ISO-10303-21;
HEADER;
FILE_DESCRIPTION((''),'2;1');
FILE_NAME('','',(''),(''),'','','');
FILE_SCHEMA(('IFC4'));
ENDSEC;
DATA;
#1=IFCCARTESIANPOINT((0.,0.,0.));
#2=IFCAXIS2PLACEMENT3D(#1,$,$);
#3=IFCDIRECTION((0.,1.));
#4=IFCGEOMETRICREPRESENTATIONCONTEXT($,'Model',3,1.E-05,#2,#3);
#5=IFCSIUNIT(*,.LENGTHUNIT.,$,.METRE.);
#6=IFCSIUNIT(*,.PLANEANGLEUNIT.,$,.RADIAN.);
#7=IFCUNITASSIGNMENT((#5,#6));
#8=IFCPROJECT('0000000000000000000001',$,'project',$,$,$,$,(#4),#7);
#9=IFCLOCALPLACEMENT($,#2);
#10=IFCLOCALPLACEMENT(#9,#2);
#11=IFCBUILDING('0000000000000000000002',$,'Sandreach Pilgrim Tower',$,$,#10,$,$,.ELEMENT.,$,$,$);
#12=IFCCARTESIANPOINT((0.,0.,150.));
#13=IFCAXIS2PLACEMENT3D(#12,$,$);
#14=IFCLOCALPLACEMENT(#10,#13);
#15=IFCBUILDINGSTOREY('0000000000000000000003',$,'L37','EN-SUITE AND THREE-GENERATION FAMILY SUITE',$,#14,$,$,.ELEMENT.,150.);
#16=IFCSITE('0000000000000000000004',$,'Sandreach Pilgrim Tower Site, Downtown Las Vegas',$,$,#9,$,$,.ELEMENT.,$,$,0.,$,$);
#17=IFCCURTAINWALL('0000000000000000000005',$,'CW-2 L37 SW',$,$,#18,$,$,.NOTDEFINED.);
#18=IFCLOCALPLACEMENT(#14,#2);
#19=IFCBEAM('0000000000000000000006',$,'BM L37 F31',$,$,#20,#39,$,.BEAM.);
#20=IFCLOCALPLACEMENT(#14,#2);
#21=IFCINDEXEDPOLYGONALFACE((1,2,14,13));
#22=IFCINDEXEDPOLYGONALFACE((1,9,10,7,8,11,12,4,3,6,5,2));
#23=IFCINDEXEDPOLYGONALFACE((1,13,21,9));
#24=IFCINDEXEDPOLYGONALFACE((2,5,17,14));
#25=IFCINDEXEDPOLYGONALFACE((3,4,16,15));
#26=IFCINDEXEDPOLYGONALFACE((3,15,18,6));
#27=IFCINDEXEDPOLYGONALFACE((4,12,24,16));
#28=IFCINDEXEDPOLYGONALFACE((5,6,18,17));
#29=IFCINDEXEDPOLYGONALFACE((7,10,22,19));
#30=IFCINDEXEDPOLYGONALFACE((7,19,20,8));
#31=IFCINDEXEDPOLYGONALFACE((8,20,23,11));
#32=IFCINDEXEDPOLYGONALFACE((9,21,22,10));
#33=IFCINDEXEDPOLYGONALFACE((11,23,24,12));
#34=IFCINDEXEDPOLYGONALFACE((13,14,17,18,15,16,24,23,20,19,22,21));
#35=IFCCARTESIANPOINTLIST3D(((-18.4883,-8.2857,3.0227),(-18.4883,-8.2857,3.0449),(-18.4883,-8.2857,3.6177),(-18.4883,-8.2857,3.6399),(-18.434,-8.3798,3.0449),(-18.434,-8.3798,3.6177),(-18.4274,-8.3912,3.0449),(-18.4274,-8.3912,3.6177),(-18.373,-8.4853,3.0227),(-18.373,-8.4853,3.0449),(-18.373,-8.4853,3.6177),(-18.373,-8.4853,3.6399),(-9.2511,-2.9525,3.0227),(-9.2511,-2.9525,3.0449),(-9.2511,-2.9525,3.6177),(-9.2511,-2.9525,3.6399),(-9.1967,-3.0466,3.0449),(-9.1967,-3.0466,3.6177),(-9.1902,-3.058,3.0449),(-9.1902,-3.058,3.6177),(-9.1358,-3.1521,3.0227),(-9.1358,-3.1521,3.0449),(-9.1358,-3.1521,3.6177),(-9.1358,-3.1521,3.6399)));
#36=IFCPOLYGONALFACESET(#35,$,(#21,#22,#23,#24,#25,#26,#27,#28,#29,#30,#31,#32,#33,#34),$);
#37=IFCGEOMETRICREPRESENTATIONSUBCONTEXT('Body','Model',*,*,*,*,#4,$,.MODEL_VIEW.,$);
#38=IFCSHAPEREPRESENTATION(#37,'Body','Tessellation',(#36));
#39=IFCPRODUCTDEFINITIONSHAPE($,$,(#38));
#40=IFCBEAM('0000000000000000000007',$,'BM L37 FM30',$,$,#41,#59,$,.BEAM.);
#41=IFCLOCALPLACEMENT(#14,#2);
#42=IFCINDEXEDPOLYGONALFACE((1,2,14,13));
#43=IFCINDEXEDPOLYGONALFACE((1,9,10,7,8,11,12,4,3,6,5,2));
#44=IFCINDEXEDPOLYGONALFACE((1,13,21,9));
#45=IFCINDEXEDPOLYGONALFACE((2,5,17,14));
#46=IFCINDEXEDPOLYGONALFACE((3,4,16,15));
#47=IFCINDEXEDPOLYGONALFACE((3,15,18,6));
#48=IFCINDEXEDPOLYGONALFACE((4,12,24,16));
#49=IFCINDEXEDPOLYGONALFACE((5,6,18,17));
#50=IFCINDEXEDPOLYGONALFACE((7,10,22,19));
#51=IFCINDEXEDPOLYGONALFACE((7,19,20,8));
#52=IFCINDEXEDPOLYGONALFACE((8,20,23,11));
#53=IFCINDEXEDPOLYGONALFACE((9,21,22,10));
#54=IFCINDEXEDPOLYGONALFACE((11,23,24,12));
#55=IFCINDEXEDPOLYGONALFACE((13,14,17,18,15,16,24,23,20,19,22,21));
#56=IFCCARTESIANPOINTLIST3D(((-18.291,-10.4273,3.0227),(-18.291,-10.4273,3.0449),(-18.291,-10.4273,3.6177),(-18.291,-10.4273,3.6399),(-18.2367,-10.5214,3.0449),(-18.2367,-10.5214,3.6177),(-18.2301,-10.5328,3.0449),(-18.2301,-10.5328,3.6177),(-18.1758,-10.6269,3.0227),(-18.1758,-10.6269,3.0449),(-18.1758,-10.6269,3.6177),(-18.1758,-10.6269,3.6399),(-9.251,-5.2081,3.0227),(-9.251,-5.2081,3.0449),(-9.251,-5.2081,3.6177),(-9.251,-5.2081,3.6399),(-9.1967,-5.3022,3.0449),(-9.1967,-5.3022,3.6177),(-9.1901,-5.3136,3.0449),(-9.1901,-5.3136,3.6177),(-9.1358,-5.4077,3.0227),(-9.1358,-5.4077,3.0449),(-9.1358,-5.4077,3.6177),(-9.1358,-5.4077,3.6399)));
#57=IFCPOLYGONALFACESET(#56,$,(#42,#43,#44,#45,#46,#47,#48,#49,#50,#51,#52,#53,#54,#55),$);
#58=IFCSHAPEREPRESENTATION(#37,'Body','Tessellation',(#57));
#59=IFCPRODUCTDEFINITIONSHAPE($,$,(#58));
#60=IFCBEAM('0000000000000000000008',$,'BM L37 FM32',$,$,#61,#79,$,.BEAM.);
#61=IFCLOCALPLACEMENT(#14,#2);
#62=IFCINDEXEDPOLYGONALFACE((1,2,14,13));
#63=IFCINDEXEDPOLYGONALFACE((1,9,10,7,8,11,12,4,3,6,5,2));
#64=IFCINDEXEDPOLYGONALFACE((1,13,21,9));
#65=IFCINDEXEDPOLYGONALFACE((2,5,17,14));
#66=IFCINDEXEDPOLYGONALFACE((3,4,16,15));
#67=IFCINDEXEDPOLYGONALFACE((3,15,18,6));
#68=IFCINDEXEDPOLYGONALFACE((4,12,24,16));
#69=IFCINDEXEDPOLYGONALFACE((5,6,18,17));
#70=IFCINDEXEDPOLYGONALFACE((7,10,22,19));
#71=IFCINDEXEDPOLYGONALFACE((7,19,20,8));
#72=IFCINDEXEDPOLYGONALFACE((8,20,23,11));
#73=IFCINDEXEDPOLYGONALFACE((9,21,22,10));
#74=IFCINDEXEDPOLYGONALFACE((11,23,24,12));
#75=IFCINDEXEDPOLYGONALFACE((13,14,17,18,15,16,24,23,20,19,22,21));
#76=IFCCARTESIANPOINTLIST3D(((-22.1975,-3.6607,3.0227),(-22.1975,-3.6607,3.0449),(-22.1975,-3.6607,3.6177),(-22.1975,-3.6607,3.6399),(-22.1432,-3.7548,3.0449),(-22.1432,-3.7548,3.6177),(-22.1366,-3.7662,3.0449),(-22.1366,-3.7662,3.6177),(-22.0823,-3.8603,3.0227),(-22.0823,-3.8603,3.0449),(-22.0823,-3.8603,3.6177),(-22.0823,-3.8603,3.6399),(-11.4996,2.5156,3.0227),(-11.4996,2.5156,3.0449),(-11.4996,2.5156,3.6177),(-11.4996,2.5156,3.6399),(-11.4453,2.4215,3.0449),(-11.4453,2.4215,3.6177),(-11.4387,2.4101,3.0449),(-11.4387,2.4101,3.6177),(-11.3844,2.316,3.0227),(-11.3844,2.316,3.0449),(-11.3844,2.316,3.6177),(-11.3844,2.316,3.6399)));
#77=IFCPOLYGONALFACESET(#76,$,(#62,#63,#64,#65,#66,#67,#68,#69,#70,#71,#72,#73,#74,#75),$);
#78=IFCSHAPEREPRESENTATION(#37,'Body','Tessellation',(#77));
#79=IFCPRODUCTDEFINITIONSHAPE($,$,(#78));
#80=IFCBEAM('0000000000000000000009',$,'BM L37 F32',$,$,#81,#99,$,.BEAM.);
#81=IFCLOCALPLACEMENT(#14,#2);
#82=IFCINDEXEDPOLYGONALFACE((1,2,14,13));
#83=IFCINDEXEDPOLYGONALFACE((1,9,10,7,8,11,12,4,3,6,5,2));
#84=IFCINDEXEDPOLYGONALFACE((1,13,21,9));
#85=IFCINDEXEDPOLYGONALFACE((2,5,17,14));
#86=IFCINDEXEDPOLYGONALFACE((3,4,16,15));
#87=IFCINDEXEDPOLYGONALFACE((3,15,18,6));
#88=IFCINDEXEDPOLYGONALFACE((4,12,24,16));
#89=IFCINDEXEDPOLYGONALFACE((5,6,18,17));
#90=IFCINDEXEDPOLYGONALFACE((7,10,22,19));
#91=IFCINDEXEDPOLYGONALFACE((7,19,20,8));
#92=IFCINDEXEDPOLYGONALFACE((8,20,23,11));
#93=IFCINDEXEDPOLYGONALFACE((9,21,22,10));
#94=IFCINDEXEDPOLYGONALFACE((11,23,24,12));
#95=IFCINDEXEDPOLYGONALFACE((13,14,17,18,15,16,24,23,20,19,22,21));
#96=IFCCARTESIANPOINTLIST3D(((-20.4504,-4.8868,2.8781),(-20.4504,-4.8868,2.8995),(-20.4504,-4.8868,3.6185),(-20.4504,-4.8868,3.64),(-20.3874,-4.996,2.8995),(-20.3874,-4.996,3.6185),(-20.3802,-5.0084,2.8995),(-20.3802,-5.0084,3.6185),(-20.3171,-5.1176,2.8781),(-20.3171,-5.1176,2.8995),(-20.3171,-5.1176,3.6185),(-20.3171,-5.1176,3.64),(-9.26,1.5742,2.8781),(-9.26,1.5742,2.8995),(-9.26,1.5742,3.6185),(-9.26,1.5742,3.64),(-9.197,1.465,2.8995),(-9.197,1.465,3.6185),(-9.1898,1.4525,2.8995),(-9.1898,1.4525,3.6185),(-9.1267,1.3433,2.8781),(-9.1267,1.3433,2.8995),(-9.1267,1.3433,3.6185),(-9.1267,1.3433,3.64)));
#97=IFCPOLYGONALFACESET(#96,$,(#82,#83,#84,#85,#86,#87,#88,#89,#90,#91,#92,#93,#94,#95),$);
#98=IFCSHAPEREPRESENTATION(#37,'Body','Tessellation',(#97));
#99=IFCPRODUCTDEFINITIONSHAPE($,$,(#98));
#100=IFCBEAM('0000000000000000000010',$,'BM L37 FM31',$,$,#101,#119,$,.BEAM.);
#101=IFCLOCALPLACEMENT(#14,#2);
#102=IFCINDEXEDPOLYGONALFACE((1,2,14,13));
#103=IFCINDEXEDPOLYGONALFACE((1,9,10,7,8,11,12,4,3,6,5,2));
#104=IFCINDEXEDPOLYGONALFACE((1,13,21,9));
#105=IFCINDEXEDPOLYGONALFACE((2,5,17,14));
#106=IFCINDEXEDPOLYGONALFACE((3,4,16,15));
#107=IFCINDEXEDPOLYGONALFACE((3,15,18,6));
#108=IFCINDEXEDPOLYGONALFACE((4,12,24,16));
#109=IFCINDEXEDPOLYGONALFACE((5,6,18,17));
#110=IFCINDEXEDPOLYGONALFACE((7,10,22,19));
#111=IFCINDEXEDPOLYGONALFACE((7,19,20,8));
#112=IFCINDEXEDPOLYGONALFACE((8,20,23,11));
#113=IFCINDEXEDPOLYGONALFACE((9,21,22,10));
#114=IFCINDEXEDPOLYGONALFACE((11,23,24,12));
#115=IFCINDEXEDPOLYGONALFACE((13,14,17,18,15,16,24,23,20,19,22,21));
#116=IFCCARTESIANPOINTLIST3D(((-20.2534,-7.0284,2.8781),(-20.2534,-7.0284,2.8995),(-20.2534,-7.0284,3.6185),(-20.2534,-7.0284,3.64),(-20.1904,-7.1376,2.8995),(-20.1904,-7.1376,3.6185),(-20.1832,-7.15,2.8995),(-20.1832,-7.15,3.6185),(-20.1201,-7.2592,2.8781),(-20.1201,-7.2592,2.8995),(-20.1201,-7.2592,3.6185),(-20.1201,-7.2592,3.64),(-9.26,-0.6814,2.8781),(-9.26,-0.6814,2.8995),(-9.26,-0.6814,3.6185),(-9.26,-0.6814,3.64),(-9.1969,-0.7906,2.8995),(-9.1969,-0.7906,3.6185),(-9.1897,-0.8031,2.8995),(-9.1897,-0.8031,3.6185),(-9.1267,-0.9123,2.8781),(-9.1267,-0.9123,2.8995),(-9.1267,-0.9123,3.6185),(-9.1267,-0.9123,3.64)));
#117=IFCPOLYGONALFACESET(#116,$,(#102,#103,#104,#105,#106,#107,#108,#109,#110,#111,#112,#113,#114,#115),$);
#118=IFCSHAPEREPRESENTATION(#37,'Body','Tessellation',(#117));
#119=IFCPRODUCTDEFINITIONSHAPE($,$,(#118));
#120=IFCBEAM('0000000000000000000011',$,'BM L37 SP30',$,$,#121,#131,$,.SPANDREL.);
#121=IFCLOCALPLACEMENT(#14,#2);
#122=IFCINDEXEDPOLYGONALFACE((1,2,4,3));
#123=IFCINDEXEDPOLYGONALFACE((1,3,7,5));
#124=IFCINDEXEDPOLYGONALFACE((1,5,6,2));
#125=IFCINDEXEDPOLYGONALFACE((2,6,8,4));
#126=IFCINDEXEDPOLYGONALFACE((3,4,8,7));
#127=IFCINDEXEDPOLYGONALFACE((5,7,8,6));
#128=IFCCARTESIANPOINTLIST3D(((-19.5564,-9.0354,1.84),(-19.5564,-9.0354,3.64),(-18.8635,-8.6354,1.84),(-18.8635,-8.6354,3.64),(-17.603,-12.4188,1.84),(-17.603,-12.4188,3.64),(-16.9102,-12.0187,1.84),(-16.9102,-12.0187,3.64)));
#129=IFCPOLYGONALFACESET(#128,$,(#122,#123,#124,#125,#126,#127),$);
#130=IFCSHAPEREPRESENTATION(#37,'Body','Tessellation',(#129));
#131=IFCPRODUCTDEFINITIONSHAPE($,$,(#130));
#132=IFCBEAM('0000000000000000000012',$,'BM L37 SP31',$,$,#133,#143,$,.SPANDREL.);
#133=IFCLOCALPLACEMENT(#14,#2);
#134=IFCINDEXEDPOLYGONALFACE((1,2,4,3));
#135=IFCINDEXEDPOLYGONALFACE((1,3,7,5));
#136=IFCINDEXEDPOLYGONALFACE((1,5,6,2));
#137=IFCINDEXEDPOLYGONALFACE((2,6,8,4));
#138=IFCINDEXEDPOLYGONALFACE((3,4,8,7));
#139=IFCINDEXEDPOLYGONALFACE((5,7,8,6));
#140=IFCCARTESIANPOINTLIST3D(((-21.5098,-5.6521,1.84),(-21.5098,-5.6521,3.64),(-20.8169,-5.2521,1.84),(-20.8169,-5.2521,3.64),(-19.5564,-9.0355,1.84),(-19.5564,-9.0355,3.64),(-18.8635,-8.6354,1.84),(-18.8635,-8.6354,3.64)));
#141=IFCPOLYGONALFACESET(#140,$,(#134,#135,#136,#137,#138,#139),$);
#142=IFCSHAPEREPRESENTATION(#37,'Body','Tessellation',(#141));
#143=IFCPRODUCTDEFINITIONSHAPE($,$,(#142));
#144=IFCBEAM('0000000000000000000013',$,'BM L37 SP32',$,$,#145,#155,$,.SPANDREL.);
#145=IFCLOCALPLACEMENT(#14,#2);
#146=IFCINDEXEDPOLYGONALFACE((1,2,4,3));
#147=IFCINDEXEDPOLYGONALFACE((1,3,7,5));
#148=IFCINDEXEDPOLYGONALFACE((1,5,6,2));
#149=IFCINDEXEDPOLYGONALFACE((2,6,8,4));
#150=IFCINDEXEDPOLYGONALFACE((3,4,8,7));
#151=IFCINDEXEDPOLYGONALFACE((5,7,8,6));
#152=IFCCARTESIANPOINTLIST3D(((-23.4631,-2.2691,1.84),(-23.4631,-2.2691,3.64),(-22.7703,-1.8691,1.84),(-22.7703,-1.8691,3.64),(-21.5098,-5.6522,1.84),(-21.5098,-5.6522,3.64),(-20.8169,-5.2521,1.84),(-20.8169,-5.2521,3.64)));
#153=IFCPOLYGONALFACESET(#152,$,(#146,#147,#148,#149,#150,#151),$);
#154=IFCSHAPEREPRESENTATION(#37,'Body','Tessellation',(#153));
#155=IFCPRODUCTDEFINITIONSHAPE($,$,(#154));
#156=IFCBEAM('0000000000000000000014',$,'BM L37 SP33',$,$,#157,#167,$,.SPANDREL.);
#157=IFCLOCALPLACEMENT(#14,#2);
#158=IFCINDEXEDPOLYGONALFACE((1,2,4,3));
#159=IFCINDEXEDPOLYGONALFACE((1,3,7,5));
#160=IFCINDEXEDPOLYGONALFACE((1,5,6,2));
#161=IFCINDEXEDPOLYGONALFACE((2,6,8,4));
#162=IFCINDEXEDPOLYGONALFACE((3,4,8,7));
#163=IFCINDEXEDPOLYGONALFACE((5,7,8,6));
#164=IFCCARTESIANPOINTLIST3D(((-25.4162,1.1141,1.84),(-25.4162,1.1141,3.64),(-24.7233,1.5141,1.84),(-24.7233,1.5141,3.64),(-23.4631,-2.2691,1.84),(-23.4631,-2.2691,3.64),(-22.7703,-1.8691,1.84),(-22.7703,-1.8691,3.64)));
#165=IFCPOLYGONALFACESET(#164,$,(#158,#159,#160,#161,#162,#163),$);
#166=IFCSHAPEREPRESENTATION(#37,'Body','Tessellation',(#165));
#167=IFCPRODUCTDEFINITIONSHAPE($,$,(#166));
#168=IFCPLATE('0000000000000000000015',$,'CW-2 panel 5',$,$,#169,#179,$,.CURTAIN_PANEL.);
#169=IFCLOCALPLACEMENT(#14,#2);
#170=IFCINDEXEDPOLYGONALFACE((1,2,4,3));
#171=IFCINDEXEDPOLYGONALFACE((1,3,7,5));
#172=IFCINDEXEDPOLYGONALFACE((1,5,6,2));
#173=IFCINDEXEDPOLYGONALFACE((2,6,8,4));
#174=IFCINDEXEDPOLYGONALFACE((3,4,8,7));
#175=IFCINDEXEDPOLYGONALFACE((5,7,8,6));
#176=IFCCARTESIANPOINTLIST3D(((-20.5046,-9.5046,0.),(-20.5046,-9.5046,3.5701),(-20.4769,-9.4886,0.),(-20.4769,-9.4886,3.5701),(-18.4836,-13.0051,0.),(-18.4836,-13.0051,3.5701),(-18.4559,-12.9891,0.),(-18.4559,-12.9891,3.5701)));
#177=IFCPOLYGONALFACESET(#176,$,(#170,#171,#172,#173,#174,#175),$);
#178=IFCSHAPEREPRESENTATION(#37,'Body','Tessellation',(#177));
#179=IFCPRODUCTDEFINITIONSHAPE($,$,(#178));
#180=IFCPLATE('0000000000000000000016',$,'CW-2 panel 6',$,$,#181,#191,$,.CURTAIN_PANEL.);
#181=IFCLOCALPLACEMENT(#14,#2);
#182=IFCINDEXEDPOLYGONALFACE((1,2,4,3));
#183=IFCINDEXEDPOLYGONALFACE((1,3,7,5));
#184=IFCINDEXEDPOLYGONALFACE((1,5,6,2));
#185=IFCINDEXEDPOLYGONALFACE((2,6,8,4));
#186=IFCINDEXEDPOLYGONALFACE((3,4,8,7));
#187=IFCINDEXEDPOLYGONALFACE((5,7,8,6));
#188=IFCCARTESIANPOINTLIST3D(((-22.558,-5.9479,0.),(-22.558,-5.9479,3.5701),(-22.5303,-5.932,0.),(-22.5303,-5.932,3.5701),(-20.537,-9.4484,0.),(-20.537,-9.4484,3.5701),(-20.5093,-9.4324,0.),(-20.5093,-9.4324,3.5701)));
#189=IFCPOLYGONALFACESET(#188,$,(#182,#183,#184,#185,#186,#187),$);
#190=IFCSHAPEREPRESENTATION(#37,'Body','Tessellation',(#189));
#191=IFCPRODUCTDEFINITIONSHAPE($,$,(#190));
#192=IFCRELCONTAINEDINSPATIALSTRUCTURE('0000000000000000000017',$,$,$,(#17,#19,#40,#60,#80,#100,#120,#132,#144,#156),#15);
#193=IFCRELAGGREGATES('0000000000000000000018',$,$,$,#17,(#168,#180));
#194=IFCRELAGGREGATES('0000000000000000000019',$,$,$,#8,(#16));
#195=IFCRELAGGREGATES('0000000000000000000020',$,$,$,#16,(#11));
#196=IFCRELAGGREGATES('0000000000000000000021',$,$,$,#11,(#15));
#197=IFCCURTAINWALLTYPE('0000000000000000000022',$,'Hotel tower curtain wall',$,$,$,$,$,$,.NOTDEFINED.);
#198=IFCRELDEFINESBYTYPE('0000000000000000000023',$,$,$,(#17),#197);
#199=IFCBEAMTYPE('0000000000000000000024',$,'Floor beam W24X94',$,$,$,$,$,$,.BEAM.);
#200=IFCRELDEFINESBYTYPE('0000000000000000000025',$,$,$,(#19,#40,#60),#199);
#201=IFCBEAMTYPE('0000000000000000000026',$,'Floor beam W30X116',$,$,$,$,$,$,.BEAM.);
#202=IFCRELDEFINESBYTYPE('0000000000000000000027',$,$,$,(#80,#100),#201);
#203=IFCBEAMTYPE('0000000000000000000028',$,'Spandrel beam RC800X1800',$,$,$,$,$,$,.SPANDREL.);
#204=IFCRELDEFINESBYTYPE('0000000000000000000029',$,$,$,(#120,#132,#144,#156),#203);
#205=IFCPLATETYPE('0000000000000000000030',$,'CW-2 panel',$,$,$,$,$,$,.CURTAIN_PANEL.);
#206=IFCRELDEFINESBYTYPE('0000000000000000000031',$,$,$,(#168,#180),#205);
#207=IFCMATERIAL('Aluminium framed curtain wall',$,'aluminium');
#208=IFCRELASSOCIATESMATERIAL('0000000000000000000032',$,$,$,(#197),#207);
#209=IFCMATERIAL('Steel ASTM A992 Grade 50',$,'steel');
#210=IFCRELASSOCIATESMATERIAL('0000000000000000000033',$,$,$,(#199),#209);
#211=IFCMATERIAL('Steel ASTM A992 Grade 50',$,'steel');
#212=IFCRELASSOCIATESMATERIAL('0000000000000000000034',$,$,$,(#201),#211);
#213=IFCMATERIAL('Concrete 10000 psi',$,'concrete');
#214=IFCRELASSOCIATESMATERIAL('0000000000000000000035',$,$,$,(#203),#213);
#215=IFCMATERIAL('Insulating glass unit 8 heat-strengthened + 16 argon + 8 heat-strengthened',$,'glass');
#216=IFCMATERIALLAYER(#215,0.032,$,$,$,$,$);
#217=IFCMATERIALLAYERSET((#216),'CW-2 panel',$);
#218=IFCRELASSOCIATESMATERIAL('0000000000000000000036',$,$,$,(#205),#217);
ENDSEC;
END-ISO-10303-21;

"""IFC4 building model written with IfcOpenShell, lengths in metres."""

from ifc_helpers import new_model, si_unit, direction, frame, origin, origin_2d, place, context, subcontext, project, spatial, rectangle, i_section, extrude, material, layer, layer_set, material_profile, profile_set, type_object, element, aggregate, save


model = new_model("IFC4")

# Units and contexts
model_context = context("Model", 3, precision=1e-05, world=origin(), true_north=direction((0.0, 1.0)))
body_context = subcontext(model_context, "Body", "Model", "MODEL_VIEW")
ifc_project = project(units=[si_unit("LENGTHUNIT", "METRE"), si_unit("PLANEANGLEUNIT", "RADIAN")], contexts=[model_context])

# Site, building, storey
site_placement = place(None, origin())
site = spatial("IfcSite", under=ifc_project, at=site_placement, Name="Sandreach Pilgrim Tower Site, Downtown Las Vegas", CompositionType="ELEMENT", RefElevation=0.0)
building_placement = place(site_placement, origin())
building = spatial("IfcBuilding", under=site, at=building_placement, Name="Sandreach Pilgrim Tower", CompositionType="ELEMENT")
storey_placement = place(building_placement, frame((0.0, 0.0, 150.0)))
storey = spatial("IfcBuildingStorey", under=building, at=storey_placement, Name="L37", Description="EN-SUITE AND THREE-GENERATION FAMILY SUITE", CompositionType="ELEMENT", Elevation=150.0)

# Curtain wall
ifc_material_1 = material(Name="Aluminium framed curtain wall", Category="aluminium")
curtain_wall_type = type_object("IfcCurtainWallType", Name="Hotel tower curtain wall", PredefinedType="NOTDEFINED", material=ifc_material_1)
curtain_wall_placement = place(storey_placement, origin())
curtain_wall = element("IfcCurtainWall", 1, at=curtain_wall_placement, inside=storey, type_object=curtain_wall_type, Name="CW-2 L37 SW", PredefinedType="NOTDEFINED")

# Beams
ifc_material_2 = material(Name="Steel ASTM A992 Grade 50", Category="steel")
ifc_material_profile_1 = material_profile(ifc_material_2, i_section(OverallWidth=0.2305, OverallDepth=0.6172, WebThickness=0.0132, FlangeThickness=0.0222, at=origin_2d()), Name="W24X94")
ifc_profile_set_1 = profile_set([ifc_material_profile_1], Name="Steel ASTM A992 Grade 50")
beam_type_1 = type_object("IfcBeamType", Name="Floor beam W24X94", PredefinedType="BEAM", material=ifc_profile_set_1)
beam_1_placement = place(storey_placement, frame((-18.4307, -8.3855, 3.3313), z_axis=(0.866022, 0.500006, 0.0), x_axis=(-0.500006, 0.866022, 0.0)))
element("IfcBeam", 2, at=beam_1_placement, inside=storey, type_object=beam_type_1, Name="BM L37 F31", PredefinedType="BEAM", context=body_context, shape_type="SweptSolid", body=[
    extrude(i_section(OverallWidth=0.2305, OverallDepth=0.6172, WebThickness=0.0132, FlangeThickness=0.0222, at=origin_2d()), origin(), (0.0, 0.0, 1.0), 10.6663),
])
beam_2_placement = place(storey_placement, frame((-18.2334, -10.5271, 3.3313), z_axis=(0.866027, 0.499998, 0.0), x_axis=(-0.499998, 0.866027, 0.0)))
element("IfcBeam", 3, at=beam_2_placement, inside=storey, type_object=beam_type_1, Name="BM L37 FM30", PredefinedType="BEAM", context=body_context, shape_type="SweptSolid", body=[
    extrude(i_section(OverallWidth=0.2305, OverallDepth=0.6172, WebThickness=0.0132, FlangeThickness=0.0222, at=origin_2d()), origin(), (0.0, 0.0, 1.0), 10.4385),
])
beam_3_placement = place(storey_placement, frame((-22.1399, -3.7605, 3.3313), z_axis=(0.866028, 0.499995, 0.0), x_axis=(-0.499995, 0.866028, 0.0)))
element("IfcBeam", 4, at=beam_3_placement, inside=storey, type_object=beam_type_1, Name="BM L37 FM32", PredefinedType="BEAM", context=body_context, shape_type="SweptSolid", body=[
    extrude(i_section(OverallWidth=0.2305, OverallDepth=0.6172, WebThickness=0.0132, FlangeThickness=0.0222, at=origin_2d()), origin(), (0.0, 0.0, 1.0), 12.3528),
])
ifc_material_3 = material(Name="Steel ASTM A992 Grade 50", Category="steel")
ifc_material_profile_2 = material_profile(ifc_material_3, i_section(OverallWidth=0.2666, OverallDepth=0.762, WebThickness=0.0144, FlangeThickness=0.0215, at=origin_2d()), Name="W30X116")
ifc_profile_set_2 = profile_set([ifc_material_profile_2], Name="Steel ASTM A992 Grade 50")
beam_type_2 = type_object("IfcBeamType", Name="Floor beam W30X116", PredefinedType="BEAM", material=ifc_profile_set_2)
beam_4_placement = place(storey_placement, frame((-20.3838, -5.0022, 3.259), z_axis=(0.866021, 0.500008, 0.0), x_axis=(-0.500008, 0.866021, 0.0)))
element("IfcBeam", 5, at=beam_4_placement, inside=storey, type_object=beam_type_2, Name="BM L37 F32", PredefinedType="BEAM", context=body_context, shape_type="SweptSolid", body=[
    extrude(i_section(OverallWidth=0.2666, OverallDepth=0.762, WebThickness=0.0144, FlangeThickness=0.0215, at=origin_2d()), origin(), (0.0, 0.0, 1.0), 12.9216),
])
beam_5_placement = place(storey_placement, frame((-20.1868, -7.1438, 3.259), z_axis=(0.86603, 0.499993, 0.0), x_axis=(-0.499993, 0.86603, 0.0)))
element("IfcBeam", 6, at=beam_5_placement, inside=storey, type_object=beam_type_2, Name="BM L37 FM31", PredefinedType="BEAM", context=body_context, shape_type="SweptSolid", body=[
    extrude(i_section(OverallWidth=0.2666, OverallDepth=0.762, WebThickness=0.0144, FlangeThickness=0.0215, at=origin_2d()), origin(), (0.0, 0.0, 1.0), 12.6941),
])
ifc_material_4 = material(Name="Concrete 10000 psi", Category="concrete")
ifc_material_profile_3 = material_profile(ifc_material_4, rectangle(XDim=0.8, YDim=1.8, at=origin_2d()), Name="RC800X1800")
ifc_profile_set_3 = profile_set([ifc_material_profile_3], Name="Concrete 10000 psi")
beam_type_3 = type_object("IfcBeamType", Name="Spandrel beam RC800X1800", PredefinedType="SPANDREL", material=ifc_profile_set_3)
for number, where, z_axis, x_axis, name in (
    (7, (-17.2566, -12.2188, 2.74), (-0.500004, 0.866023, 0.0), (-0.866023, -0.500004, 0.0), "BM L37 SP30"),
    (8, (-19.21, -8.8354, 2.74), (-0.500004, 0.866023, 0.0), (-0.866023, -0.500004, 0.0), "BM L37 SP31"),
):
    element("IfcBeam", number, at=place(storey_placement, frame(where, z_axis=z_axis, x_axis=x_axis)), inside=storey, type_object=beam_type_3, Name=name, PredefinedType="SPANDREL", context=body_context, shape_type="SweptSolid", body=[
        extrude(rectangle(XDim=0.8, YDim=1.8, at=origin_2d()), origin(), (0.0, 0.0, 1.0), 3.9067),
    ])
for number, where, z_axis, x_axis, name in (
    (9, (-21.1633, -5.4521, 2.74), (-0.500031, 0.866008, 0.0), (-0.866008, -0.500031, 0.0), "BM L37 SP32"),
    (10, (-23.1167, -2.0691, 2.74), (-0.499957, 0.86605, 0.0), (-0.86605, -0.499957, 0.0), "BM L37 SP33"),
):
    element("IfcBeam", number, at=place(storey_placement, frame(where, z_axis=z_axis, x_axis=x_axis)), inside=storey, type_object=beam_type_3, Name=name, PredefinedType="SPANDREL", context=body_context, shape_type="SweptSolid", body=[
        extrude(rectangle(XDim=0.8, YDim=1.8, at=origin_2d()), origin(), (0.0, 0.0, 1.0), 3.9065),
    ])

# Plates
ifc_material_5 = material(Name="Insulating glass unit 8 heat-strengthened + 16 argon + 8 heat-strengthened", Category="glass")
ifc_layer_1 = layer(ifc_material_5, 0.032)
ifc_layer_set_1 = layer_set([ifc_layer_1], Name="CW-2 panel")
plate_type = type_object("IfcPlateType", Name="CW-2 panel", PredefinedType="CURTAIN_PANEL", material=ifc_layer_set_1)
plate_1_placement = place(storey_placement, frame((-19.4802, -11.2468, 0.0), z_axis=(0.0, 0.0, 1.0), x_axis=(-0.5, 0.866025, 0.0)))
plate_1 = element("IfcPlate", 11, at=plate_1_placement, type_object=plate_type, Name="CW-2 panel 5", PredefinedType="CURTAIN_PANEL", context=body_context, shape_type="SweptSolid", body=[
    extrude(rectangle(XDim=4.042, YDim=0.032, at=origin_2d()), origin(), (0.0, 0.0, 1.0), 3.5701),
])
plate_2_placement = place(storey_placement, frame((-21.5337, -7.6902, 0.0), z_axis=(0.0, 0.0, 1.0), x_axis=(-0.5, 0.866025, 0.0)))
plate_2 = element("IfcPlate", 12, at=plate_2_placement, type_object=plate_type, Name="CW-2 panel 6", PredefinedType="CURTAIN_PANEL", context=body_context, shape_type="SweptSolid", body=[
    extrude(rectangle(XDim=4.042, YDim=0.032, at=origin_2d()), origin(), (0.0, 0.0, 1.0), 3.5701),
])
aggregate(curtain_wall, [plate_1, plate_2])

save(model, "model.ifc")
